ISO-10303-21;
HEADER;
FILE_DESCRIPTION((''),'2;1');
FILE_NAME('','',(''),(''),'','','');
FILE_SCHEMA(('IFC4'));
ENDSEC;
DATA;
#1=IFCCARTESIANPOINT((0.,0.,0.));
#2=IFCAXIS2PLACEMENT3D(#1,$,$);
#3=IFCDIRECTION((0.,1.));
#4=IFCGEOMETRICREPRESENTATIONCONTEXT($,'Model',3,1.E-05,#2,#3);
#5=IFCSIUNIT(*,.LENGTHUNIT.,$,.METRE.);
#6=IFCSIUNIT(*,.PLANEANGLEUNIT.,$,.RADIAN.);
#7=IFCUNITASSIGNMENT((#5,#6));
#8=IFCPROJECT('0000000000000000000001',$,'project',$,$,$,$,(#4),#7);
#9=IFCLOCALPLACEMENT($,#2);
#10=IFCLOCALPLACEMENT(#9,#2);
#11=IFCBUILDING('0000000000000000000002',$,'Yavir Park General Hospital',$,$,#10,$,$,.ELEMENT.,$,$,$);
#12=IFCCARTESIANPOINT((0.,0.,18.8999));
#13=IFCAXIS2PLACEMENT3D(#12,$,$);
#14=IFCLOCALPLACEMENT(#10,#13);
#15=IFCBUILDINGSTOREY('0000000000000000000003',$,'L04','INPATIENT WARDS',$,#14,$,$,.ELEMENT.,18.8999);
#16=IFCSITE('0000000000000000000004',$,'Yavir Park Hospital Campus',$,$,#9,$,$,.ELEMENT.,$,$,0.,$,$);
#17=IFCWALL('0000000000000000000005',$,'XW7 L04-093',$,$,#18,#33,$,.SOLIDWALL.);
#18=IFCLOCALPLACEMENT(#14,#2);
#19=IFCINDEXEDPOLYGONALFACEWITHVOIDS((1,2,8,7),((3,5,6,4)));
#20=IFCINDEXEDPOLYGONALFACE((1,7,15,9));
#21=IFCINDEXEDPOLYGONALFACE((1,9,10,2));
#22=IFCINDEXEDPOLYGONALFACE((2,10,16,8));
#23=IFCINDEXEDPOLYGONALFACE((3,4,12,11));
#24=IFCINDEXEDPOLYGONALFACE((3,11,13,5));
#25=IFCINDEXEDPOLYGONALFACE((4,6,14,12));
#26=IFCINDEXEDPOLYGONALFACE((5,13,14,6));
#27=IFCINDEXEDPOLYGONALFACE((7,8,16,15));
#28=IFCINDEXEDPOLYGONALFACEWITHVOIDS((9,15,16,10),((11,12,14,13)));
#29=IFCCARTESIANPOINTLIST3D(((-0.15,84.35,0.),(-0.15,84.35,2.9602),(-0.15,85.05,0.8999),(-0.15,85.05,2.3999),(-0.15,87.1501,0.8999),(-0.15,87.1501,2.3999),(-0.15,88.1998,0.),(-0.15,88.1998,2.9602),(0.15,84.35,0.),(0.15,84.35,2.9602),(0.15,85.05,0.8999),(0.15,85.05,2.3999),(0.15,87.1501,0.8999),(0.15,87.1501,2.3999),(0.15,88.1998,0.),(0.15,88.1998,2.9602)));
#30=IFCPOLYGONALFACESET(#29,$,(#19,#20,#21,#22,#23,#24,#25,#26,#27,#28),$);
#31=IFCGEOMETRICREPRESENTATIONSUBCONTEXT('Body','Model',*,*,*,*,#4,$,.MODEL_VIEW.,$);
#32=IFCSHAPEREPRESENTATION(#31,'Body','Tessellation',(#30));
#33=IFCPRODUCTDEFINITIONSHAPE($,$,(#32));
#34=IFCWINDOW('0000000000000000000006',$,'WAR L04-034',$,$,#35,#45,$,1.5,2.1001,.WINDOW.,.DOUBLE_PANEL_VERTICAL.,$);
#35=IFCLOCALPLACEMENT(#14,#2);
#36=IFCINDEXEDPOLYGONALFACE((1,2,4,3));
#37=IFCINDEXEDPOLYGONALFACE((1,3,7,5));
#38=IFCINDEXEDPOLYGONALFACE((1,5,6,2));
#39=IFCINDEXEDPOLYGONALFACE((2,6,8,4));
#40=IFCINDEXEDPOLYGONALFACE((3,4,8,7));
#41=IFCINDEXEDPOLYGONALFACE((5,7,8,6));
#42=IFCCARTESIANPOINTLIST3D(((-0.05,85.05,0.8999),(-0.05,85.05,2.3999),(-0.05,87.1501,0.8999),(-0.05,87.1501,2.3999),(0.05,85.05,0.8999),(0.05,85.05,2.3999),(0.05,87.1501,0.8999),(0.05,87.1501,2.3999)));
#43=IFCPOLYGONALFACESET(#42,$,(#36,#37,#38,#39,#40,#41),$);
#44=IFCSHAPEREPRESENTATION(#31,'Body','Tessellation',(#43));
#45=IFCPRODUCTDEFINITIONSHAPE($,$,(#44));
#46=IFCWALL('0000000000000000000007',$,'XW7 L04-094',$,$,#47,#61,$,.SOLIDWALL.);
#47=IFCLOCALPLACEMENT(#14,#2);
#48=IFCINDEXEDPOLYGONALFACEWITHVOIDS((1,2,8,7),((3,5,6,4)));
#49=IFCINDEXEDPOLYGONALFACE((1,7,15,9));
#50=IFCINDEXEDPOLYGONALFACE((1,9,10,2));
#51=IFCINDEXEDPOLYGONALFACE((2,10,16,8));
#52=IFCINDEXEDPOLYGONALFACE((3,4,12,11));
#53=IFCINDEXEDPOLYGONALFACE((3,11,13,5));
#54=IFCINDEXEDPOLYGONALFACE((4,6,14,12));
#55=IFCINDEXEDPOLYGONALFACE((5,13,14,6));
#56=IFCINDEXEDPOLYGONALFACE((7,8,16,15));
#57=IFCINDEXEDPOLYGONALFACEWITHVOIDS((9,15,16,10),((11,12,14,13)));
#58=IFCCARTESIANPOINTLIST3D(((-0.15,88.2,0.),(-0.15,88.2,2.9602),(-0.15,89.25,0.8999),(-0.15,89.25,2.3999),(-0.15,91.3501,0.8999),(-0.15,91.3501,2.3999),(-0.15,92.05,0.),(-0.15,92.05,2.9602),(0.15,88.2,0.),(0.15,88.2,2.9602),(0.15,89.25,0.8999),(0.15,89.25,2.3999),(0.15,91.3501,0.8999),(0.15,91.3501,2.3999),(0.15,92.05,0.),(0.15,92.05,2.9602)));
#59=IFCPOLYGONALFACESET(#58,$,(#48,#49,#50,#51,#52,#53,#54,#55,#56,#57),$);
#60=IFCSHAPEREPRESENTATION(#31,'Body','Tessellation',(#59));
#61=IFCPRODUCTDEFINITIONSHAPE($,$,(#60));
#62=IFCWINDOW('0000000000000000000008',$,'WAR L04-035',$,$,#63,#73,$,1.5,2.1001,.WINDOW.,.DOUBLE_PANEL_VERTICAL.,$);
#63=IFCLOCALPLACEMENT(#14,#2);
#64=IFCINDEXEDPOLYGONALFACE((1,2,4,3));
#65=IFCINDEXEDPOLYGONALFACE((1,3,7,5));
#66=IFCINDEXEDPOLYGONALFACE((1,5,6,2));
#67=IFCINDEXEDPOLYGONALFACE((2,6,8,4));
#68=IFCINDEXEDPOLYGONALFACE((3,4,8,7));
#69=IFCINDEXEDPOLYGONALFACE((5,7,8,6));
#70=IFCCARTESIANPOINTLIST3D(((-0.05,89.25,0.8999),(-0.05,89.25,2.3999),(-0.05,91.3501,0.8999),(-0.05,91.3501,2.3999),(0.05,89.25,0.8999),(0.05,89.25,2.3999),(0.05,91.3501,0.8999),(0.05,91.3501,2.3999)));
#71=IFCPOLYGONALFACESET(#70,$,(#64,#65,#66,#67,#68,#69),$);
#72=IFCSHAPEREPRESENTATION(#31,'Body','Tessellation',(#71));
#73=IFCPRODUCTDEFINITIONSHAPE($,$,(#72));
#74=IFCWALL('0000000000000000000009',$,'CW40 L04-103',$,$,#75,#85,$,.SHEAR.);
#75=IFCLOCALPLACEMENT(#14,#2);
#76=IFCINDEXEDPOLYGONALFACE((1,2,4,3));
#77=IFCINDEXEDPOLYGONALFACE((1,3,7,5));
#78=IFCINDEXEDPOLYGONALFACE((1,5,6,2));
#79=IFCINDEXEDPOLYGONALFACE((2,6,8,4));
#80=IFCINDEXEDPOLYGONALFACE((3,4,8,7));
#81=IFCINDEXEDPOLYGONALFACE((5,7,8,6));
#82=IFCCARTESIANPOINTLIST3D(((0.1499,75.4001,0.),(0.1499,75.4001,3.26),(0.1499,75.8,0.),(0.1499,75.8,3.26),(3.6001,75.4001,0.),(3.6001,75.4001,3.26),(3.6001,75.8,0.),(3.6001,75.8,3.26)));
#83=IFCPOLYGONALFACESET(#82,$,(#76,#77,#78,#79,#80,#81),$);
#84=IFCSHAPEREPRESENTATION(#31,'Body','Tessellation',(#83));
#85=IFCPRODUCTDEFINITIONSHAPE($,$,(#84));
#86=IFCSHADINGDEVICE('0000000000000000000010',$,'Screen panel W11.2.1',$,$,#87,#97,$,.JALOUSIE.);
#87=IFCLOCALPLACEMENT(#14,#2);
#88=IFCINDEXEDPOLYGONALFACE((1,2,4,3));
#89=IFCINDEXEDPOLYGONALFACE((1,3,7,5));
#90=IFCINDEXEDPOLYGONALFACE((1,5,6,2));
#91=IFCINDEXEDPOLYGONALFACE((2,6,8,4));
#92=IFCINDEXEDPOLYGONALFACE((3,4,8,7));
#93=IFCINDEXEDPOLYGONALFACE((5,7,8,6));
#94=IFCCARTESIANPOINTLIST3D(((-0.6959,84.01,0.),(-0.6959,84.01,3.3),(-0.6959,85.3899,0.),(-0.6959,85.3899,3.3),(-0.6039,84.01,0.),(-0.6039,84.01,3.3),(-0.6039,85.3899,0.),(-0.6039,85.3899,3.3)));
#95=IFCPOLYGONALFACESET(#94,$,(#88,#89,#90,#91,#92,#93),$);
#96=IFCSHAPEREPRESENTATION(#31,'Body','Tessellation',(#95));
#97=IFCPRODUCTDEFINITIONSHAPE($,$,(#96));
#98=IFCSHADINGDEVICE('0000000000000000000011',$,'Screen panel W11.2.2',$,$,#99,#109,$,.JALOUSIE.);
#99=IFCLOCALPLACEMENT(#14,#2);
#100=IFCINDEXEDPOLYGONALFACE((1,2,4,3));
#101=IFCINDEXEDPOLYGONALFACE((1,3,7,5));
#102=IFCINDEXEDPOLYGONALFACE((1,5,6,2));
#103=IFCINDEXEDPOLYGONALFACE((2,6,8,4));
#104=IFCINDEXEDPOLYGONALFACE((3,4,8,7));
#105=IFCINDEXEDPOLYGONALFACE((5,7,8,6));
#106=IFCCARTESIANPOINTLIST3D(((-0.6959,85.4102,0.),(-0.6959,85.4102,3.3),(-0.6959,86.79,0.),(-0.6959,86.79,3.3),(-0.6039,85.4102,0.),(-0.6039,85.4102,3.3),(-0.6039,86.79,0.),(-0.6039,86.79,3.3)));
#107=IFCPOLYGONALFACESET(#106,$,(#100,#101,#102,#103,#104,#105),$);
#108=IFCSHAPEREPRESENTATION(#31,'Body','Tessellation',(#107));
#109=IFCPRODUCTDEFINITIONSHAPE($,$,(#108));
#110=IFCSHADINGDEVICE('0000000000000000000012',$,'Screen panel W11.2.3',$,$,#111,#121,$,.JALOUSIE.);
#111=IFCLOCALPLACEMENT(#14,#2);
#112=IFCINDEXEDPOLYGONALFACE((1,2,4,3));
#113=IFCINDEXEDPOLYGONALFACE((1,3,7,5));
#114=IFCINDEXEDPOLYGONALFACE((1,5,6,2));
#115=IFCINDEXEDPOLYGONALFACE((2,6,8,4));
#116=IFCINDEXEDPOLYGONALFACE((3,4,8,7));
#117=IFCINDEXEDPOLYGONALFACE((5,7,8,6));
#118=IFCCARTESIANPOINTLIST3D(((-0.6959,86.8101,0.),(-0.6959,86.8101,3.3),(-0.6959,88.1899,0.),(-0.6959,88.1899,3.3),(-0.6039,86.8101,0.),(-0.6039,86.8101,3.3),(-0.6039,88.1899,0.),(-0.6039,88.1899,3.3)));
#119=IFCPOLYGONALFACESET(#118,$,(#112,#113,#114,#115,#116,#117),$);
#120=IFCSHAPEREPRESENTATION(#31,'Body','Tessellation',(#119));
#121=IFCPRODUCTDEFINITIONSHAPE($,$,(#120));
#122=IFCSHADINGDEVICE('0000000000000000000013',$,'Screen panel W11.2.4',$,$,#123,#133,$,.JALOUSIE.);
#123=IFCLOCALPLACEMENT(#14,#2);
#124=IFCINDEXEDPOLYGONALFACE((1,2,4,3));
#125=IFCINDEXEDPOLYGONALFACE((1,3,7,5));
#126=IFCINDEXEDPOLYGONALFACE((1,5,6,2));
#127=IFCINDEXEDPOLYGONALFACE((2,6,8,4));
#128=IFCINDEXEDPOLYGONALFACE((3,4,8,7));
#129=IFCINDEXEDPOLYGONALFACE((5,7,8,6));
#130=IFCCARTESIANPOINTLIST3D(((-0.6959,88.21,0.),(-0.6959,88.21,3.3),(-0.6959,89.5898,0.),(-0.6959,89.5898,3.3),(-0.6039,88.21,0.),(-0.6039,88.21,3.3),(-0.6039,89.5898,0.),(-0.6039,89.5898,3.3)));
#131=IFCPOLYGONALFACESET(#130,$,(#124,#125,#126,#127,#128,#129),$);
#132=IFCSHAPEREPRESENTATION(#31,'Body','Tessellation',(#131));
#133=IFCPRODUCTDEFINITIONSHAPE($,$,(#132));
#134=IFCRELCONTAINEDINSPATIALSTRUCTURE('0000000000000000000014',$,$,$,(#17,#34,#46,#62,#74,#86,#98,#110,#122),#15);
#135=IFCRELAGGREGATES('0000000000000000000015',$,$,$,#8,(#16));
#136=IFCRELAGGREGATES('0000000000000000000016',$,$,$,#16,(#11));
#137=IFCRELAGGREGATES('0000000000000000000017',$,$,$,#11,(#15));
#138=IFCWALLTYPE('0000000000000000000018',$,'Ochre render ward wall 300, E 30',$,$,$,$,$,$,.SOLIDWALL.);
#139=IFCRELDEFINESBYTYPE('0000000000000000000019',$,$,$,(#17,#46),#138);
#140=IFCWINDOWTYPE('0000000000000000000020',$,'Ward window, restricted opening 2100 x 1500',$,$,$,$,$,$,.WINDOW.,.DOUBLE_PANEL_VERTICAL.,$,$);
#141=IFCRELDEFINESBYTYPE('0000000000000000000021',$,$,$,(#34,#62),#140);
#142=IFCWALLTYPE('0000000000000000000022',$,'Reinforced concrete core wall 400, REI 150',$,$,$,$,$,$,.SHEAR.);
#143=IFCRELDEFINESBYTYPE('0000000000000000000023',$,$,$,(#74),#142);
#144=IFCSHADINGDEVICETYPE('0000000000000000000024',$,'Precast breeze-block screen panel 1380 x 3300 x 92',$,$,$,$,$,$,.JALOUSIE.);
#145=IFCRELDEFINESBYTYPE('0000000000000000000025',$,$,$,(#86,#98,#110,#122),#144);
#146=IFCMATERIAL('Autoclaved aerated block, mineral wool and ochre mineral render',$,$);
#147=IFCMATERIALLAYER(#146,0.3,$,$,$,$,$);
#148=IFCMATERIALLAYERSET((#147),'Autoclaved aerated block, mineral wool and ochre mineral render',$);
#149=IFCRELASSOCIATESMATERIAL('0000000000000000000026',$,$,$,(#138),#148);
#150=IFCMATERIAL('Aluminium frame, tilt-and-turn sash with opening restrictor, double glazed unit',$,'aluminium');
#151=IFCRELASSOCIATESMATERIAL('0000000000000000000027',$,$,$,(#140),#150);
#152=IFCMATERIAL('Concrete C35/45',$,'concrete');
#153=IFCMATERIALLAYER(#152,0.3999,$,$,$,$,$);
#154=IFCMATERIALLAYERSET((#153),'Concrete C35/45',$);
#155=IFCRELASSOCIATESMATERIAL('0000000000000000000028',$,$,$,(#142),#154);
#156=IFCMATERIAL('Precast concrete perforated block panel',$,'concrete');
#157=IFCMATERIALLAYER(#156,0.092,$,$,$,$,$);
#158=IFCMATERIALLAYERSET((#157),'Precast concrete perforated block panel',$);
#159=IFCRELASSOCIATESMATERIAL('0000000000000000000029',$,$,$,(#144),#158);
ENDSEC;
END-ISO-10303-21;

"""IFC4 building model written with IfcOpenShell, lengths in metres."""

from ifc_helpers import new_model, si_unit, direction, frame, frame_2d, origin, origin_2d, place, context, subcontext, project, spatial, rectangle, extrude, material, layer, layer_set, type_object, element, fill, save


model = new_model("IFC4")

# Units and contexts
model_context = context("Model", 3, precision=1e-05, world=origin(), true_north=direction((0.0, 1.0)))
body_context = subcontext(model_context, "Body", "Model", "MODEL_VIEW")
ifc_project = project(units=[si_unit("LENGTHUNIT", "METRE"), si_unit("PLANEANGLEUNIT", "RADIAN")], contexts=[model_context])

# Site, building, storey
site_placement = place(None, origin())
site = spatial("IfcSite", under=ifc_project, at=site_placement, Name="Yavir Park Hospital Campus", CompositionType="ELEMENT", RefElevation=0.0)
building_placement = place(site_placement, origin())
building = spatial("IfcBuilding", under=site, at=building_placement, Name="Yavir Park General Hospital", CompositionType="ELEMENT")
storey_placement = place(building_placement, frame((0.0, 0.0, 18.8999)))
storey = spatial("IfcBuildingStorey", under=building, at=storey_placement, Name="L04", Description="INPATIENT WARDS", CompositionType="ELEMENT", Elevation=18.8999)

# Shared definitions
ifc_material_1 = material(Name="Autoclaved aerated block, mineral wool and ochre mineral render")
ifc_layer_1 = layer(ifc_material_1, 0.3)
ifc_layer_set_1 = layer_set([ifc_layer_1], Name="Autoclaved aerated block, mineral wool and ochre mineral render")
wall_type_1 = type_object("IfcWallType", Name="Ochre render ward wall 300, E 30", PredefinedType="SOLIDWALL", material=ifc_layer_set_1)
ifc_material_2 = material(Name="Aluminium frame, tilt-and-turn sash with opening restrictor, double glazed unit", Category="aluminium")
window_type = type_object("IfcWindowType", Name="Ward window, restricted opening 2100 x 1500", PartitioningType="DOUBLE_PANEL_VERTICAL", PredefinedType="WINDOW", material=ifc_material_2)

# Walls, openings, windows
wall_1_placement = place(storey_placement, frame((0.0, 84.3501, 0.0), z_axis=(0.0, 0.0, 1.0), x_axis=(0.0, 1.0, 0.0)))
wall_1 = element("IfcWall", 1, at=wall_1_placement, inside=storey, type_object=wall_type_1, Name="XW7 L04-093", PredefinedType="SOLIDWALL", context=body_context, shape_type="SweptSolid", body=[
    extrude(rectangle(XDim=3.8499, YDim=0.3, at=frame_2d((1.9248, 0.0))), origin(), (0.0, 0.0, 1.0), 2.9602),
])
opening_1_placement = place(wall_1_placement, frame((0.7, 0.0, 0.8999)))
opening_1 = element("IfcOpeningElement", 2, at=opening_1_placement, cuts=wall_1, PredefinedType="OPENING", context=body_context, shape_type="SweptSolid", body=[
    extrude(rectangle(XDim=2.1001, YDim=1.5, at=frame_2d((1.05, 0.75))), frame((0.0, 0.1599, 0.0), z_axis=(0.0, -1.0, 0.0), x_axis=(1.0, 0.0, 0.0)), (0.0, 0.0, 1.0), 0.3201),
])
window_1_placement = place(opening_1_placement, origin())
window_1 = element("IfcWindow", 3, at=window_1_placement, inside=storey, type_object=window_type, Name="WAR L04-034", OverallHeight=1.5, OverallWidth=2.1001, PartitioningType="DOUBLE_PANEL_VERTICAL", PredefinedType="WINDOW", context=body_context, shape_type="SweptSolid", body=[
    extrude(rectangle(XDim=2.1001, YDim=1.5, at=frame_2d((1.05, 0.75))), frame((0.0, 0.05, 0.0), z_axis=(0.0, -1.0, 0.0), x_axis=(1.0, 0.0, 0.0)), (0.0, 0.0, 1.0), 0.1001),
])
fill(opening_1, window_1)
wall_2_placement = place(storey_placement, frame((0.0, 88.2, 0.0), z_axis=(0.0, 0.0, 1.0), x_axis=(0.0, 1.0, 0.0)))
wall_2 = element("IfcWall", 4, at=wall_2_placement, inside=storey, type_object=wall_type_1, Name="XW7 L04-094", PredefinedType="SOLIDWALL", context=body_context, shape_type="SweptSolid", body=[
    extrude(rectangle(XDim=3.8501, YDim=0.3, at=frame_2d((1.925, 0.0))), origin(), (0.0, 0.0, 1.0), 2.9602),
])
opening_2_placement = place(wall_2_placement, frame((1.05, 0.0, 0.8999)))
opening_2 = element("IfcOpeningElement", 5, at=opening_2_placement, cuts=wall_2, PredefinedType="OPENING", context=body_context, shape_type="SweptSolid", body=[
    extrude(rectangle(XDim=2.1001, YDim=1.5, at=frame_2d((1.05, 0.75))), frame((0.0, 0.1599, 0.0), z_axis=(0.0, -1.0, 0.0), x_axis=(1.0, 0.0, 0.0)), (0.0, 0.0, 1.0), 0.3201),
])
window_2_placement = place(opening_2_placement, origin())
window_2 = element("IfcWindow", 6, at=window_2_placement, inside=storey, type_object=window_type, Name="WAR L04-035", OverallHeight=1.5, OverallWidth=2.1001, PartitioningType="DOUBLE_PANEL_VERTICAL", PredefinedType="WINDOW", context=body_context, shape_type="SweptSolid", body=[
    extrude(rectangle(XDim=2.1001, YDim=1.5, at=frame_2d((1.05, 0.75))), frame((0.0, 0.05, 0.0), z_axis=(0.0, -1.0, 0.0), x_axis=(1.0, 0.0, 0.0)), (0.0, 0.0, 1.0), 0.1001),
])
fill(opening_2, window_2)

# Wall
ifc_material_3 = material(Name="Concrete C35/45", Category="concrete")
ifc_layer_2 = layer(ifc_material_3, 0.3999)
ifc_layer_set_2 = layer_set([ifc_layer_2], Name="Concrete C35/45")
wall_type_2 = type_object("IfcWallType", Name="Reinforced concrete core wall 400, REI 150", PredefinedType="SHEAR", material=ifc_layer_set_2)
wall_3_placement = place(storey_placement, frame((0.1499, 75.6001, 0.0), z_axis=(0.0, 0.0, 1.0), x_axis=(1.0, 0.0, 0.0)))
element("IfcWall", 7, at=wall_3_placement, inside=storey, type_object=wall_type_2, Name="CW40 L04-103", PredefinedType="SHEAR", context=body_context, shape_type="SweptSolid", body=[
    extrude(rectangle(XDim=3.4502, YDim=0.3999, at=frame_2d((1.7251, 0.0))), origin(), (0.0, 0.0, 1.0), 3.26),
])

# Shading devices
ifc_material_4 = material(Name="Precast concrete perforated block panel", Category="concrete")
ifc_layer_3 = layer(ifc_material_4, 0.092)
ifc_layer_set_3 = layer_set([ifc_layer_3], Name="Precast concrete perforated block panel")
shading_device_type = type_object("IfcShadingDeviceType", Name="Precast breeze-block screen panel 1380 x 3300 x 92", PredefinedType="JALOUSIE", material=ifc_layer_set_3)
for number, where, z_axis, x_axis, name in (
    (8, (-0.6499, 84.7, 0.0), (0.0, 0.0, 1.0), (1.0, 0.0, 0.0), "Screen panel W11.2.1"),
    (9, (-0.6499, 86.1001, 0.0), (0.0, 0.0, 1.0), (1.0, 0.0, 0.0), "Screen panel W11.2.2"),
    (10, (-0.6499, 87.5, 0.0), (0.0, 0.0, 1.0), (1.0, 0.0, 0.0), "Screen panel W11.2.3"),
    (11, (-0.6499, 88.8999, 0.0), (0.0, 0.0, 1.0), (1.0, 0.0, 0.0), "Screen panel W11.2.4"),
):
    element("IfcShadingDevice", number, at=place(storey_placement, frame(where, z_axis=z_axis, x_axis=x_axis)), inside=storey, type_object=shading_device_type, Name=name, PredefinedType="JALOUSIE", context=body_context, shape_type="SweptSolid", body=[
        extrude(rectangle(XDim=0.092, YDim=1.3799, at=origin_2d()), origin(), (0.0, 0.0, 1.0), 3.3),
    ])

save(model, "model.ifc")
